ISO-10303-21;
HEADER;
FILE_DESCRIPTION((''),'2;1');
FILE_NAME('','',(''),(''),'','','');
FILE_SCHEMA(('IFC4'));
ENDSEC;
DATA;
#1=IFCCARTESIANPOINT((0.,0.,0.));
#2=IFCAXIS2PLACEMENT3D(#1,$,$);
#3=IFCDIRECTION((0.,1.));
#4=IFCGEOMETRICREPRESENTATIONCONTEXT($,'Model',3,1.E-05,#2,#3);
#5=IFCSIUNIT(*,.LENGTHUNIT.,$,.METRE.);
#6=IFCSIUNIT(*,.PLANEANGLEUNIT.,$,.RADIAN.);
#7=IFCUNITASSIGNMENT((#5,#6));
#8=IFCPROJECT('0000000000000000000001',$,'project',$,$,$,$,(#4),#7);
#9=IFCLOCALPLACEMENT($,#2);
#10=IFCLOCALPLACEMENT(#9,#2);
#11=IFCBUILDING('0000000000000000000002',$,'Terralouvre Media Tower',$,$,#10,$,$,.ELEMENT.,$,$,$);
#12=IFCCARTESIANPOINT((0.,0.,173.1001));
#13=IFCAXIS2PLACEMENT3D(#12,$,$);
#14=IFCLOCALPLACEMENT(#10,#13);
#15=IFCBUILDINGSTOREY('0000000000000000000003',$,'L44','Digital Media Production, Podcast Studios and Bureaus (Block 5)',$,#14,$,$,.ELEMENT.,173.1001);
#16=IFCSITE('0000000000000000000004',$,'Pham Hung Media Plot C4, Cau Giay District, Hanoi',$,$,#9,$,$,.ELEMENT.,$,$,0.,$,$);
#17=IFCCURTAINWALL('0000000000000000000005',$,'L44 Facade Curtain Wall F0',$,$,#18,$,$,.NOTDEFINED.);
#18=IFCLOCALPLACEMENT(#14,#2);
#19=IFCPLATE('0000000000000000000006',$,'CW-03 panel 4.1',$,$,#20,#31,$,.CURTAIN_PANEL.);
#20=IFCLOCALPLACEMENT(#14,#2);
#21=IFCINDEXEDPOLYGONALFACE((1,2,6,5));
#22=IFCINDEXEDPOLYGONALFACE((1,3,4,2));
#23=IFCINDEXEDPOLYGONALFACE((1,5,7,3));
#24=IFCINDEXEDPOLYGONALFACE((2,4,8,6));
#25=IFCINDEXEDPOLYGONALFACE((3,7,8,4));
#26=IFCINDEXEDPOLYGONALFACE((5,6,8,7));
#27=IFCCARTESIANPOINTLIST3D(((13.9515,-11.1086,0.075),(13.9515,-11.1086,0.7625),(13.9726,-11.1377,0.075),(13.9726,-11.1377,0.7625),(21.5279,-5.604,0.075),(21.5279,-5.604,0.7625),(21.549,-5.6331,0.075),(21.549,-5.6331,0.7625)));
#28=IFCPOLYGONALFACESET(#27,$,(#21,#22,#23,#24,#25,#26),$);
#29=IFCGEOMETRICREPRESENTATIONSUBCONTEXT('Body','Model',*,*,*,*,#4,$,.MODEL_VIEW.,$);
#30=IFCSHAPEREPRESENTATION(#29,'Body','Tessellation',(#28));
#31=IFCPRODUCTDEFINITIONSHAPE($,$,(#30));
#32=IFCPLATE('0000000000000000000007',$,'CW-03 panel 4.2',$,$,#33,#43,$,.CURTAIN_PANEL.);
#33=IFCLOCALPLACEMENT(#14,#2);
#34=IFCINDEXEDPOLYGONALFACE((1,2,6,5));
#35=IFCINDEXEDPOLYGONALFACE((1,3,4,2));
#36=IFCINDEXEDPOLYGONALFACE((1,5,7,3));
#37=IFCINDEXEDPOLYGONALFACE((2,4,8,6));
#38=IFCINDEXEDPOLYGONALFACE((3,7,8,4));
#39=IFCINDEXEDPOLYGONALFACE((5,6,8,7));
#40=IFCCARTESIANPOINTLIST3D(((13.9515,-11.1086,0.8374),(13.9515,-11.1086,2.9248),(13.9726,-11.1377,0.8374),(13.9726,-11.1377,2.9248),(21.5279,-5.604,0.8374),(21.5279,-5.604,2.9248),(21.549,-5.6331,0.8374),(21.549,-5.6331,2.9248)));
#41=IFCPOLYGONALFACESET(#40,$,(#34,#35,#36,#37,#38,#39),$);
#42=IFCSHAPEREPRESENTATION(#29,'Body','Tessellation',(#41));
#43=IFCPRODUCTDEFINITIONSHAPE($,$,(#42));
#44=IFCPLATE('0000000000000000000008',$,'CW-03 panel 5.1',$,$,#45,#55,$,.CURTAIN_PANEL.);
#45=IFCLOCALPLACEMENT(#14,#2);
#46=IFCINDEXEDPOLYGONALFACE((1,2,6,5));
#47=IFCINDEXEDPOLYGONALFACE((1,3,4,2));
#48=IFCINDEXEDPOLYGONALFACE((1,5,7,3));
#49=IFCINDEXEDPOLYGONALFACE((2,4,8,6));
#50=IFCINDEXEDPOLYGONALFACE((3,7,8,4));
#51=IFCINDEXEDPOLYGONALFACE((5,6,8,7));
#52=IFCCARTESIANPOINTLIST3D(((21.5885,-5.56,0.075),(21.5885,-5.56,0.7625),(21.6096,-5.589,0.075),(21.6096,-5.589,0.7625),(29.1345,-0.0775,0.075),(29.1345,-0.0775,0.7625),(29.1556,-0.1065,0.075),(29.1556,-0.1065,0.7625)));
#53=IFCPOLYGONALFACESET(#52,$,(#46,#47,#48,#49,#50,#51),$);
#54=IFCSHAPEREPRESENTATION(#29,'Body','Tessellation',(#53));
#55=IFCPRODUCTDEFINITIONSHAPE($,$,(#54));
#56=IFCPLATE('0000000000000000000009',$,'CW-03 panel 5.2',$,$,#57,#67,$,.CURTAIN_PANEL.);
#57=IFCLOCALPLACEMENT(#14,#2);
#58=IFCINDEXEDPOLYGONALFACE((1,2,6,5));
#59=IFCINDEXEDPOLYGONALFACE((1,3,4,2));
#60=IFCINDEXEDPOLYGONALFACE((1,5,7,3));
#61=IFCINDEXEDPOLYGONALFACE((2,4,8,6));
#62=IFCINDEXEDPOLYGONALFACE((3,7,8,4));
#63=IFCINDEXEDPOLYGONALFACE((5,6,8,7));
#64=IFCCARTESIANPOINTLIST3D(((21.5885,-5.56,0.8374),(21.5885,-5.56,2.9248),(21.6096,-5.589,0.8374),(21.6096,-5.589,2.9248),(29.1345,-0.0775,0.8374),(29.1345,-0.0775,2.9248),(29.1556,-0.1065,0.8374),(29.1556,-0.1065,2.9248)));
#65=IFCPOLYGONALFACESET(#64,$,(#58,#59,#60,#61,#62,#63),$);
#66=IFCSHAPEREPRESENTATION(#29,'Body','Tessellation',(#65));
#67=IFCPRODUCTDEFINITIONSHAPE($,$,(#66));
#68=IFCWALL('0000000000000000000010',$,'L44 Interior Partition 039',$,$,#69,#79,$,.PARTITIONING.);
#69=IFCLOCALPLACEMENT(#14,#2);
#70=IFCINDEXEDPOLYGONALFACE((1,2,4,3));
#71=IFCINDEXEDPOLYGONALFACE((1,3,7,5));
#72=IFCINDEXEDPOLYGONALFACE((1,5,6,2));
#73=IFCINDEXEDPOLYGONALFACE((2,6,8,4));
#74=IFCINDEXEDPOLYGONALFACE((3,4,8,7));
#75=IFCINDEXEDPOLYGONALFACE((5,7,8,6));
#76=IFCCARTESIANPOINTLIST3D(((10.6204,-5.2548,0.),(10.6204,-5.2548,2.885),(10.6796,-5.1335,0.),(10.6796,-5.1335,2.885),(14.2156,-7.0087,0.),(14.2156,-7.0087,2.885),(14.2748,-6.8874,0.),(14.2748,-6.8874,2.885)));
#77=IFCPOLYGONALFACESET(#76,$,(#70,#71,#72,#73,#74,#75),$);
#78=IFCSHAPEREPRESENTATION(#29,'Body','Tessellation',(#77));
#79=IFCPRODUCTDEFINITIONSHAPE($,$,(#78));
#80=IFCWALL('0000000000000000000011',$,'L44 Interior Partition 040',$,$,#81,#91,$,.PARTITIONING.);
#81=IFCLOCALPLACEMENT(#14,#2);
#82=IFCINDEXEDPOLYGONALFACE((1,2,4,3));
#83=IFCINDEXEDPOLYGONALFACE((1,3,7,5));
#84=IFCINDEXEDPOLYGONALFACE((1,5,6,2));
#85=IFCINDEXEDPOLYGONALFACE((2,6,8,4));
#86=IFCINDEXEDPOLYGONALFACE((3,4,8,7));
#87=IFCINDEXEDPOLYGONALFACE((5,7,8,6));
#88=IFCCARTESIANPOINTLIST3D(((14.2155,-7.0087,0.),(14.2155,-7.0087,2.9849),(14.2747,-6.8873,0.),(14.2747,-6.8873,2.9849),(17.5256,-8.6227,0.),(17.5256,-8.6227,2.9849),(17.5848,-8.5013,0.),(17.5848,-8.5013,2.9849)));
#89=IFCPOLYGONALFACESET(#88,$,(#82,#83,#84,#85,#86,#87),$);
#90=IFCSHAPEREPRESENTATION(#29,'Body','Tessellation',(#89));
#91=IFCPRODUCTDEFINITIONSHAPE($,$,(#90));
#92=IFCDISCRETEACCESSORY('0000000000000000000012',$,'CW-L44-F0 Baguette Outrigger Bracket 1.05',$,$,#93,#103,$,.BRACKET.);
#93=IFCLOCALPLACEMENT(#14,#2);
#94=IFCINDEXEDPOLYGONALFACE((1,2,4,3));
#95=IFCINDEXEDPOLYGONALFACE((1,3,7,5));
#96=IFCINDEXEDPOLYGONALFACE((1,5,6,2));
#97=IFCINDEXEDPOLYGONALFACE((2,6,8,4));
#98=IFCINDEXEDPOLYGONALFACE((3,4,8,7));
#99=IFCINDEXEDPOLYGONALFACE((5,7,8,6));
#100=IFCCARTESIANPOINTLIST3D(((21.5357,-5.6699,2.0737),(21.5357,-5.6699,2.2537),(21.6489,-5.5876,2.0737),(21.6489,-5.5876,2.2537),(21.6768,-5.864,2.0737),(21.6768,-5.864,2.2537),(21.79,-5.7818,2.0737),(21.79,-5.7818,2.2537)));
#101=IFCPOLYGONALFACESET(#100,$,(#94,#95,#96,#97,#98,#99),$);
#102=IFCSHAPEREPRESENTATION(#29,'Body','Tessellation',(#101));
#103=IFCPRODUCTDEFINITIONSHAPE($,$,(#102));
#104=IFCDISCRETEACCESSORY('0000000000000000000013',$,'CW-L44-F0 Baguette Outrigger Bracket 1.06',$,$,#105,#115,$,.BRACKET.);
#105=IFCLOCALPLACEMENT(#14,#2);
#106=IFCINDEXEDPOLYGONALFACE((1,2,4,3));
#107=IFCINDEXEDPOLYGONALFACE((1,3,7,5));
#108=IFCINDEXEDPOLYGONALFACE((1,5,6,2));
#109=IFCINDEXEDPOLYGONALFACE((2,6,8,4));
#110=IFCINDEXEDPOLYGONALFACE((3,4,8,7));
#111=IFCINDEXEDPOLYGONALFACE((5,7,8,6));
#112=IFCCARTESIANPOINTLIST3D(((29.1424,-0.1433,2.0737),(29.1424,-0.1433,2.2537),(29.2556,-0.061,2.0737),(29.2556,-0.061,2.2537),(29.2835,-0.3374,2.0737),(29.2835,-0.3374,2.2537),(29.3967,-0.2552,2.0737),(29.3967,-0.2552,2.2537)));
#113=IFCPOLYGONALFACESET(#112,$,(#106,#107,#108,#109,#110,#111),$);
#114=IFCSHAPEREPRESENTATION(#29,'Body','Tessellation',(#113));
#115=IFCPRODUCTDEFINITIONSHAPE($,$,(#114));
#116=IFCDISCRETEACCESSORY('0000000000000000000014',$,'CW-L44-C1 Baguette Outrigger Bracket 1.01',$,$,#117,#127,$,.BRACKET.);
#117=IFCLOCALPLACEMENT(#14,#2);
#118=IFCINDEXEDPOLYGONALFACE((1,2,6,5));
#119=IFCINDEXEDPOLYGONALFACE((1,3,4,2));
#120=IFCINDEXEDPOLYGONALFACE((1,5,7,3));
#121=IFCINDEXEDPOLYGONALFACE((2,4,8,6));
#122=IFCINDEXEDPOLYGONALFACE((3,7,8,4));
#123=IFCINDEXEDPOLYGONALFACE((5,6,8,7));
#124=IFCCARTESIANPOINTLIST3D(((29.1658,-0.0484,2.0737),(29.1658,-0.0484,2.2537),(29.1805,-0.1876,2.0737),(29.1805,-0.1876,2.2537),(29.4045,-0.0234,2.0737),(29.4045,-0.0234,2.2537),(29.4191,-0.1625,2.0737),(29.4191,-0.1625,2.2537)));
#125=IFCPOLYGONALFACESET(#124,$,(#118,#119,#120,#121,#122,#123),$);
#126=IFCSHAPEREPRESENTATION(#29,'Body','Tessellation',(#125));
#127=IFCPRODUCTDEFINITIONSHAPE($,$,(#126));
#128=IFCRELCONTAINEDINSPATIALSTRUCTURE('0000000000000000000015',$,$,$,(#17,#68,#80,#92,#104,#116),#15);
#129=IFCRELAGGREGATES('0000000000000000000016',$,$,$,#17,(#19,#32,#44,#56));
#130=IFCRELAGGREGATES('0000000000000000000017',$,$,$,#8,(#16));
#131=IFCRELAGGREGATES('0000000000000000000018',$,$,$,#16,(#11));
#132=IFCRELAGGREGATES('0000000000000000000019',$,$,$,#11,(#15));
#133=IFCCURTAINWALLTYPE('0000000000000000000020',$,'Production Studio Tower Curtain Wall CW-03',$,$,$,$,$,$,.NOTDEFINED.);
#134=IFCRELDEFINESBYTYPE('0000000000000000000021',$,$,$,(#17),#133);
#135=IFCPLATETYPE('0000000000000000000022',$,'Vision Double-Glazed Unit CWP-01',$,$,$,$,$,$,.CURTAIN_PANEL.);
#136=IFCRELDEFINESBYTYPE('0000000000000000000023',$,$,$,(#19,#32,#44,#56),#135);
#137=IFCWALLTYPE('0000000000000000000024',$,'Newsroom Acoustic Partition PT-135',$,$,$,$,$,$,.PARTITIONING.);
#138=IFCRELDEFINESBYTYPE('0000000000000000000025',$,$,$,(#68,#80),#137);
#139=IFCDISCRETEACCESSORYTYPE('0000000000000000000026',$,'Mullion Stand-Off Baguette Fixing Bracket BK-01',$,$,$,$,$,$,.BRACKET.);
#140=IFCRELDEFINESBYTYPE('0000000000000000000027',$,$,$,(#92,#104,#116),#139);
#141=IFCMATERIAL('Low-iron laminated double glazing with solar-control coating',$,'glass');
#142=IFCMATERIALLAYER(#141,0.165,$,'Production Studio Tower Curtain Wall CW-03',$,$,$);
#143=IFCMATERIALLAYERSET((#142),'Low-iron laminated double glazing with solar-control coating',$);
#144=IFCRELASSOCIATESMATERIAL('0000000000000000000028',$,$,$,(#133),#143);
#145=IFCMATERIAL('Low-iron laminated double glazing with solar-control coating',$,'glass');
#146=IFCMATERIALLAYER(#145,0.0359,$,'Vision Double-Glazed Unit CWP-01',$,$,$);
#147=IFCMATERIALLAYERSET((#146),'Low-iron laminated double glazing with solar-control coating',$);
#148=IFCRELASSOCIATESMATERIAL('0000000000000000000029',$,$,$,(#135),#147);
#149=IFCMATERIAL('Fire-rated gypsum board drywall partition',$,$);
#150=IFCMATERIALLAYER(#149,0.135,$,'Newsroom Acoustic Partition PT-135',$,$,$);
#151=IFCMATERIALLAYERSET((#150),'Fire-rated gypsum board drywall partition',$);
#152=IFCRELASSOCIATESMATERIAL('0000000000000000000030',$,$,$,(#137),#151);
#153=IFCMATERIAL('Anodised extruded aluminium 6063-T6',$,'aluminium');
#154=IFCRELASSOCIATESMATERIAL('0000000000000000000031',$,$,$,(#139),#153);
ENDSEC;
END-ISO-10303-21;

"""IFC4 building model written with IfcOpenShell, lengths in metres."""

from ifc_helpers import new_model, si_unit, direction, frame, frame_2d, origin, origin_2d, place, context, subcontext, project, spatial, rectangle, extrude, material, layer, layer_set, type_object, element, aggregate, save


model = new_model("IFC4")

# Units and contexts
model_context = context("Model", 3, precision=1e-05, world=origin(), true_north=direction((0.0, 1.0)))
body_context = subcontext(model_context, "Body", "Model", "MODEL_VIEW")
ifc_project = project(units=[si_unit("LENGTHUNIT", "METRE"), si_unit("PLANEANGLEUNIT", "RADIAN")], contexts=[model_context])

# Site, building, storey
site_placement = place(None, origin())
site = spatial("IfcSite", under=ifc_project, at=site_placement, Name="Pham Hung Media Plot C4, Cau Giay District, Hanoi", CompositionType="ELEMENT", RefElevation=0.0)
building_placement = place(site_placement, origin())
building = spatial("IfcBuilding", under=site, at=building_placement, Name="Terralouvre Media Tower", CompositionType="ELEMENT")
storey_placement = place(building_placement, frame((0.0, 0.0, 173.1001)))
storey = spatial("IfcBuildingStorey", under=building, at=storey_placement, Name="L44", Description="Digital Media Production, Podcast Studios and Bureaus (Block 5)", CompositionType="ELEMENT", Elevation=173.1001)

# Curtain wall
ifc_material_1 = material(Name="Low-iron laminated double glazing with solar-control coating", Category="glass")
ifc_layer_1 = layer(ifc_material_1, 0.165, Name="Production Studio Tower Curtain Wall CW-03")
ifc_layer_set_1 = layer_set([ifc_layer_1], Name="Low-iron laminated double glazing with solar-control coating")
curtain_wall_type_1 = type_object("IfcCurtainWallType", Name="Production Studio Tower Curtain Wall CW-03", PredefinedType="NOTDEFINED", material=ifc_layer_set_1)
curtain_wall_1_placement = place(storey_placement, origin())
curtain_wall_1 = element("IfcCurtainWall", 1, at=curtain_wall_1_placement, inside=storey, type_object=curtain_wall_type_1, Name="L44 Facade Curtain Wall F0", PredefinedType="NOTDEFINED")

# Plates
ifc_material_2 = material(Name="Low-iron laminated double glazing with solar-control coating", Category="glass")
ifc_layer_2 = layer(ifc_material_2, 0.0359, Name="Vision Double-Glazed Unit CWP-01")
ifc_layer_set_2 = layer_set([ifc_layer_2], Name="Low-iron laminated double glazing with solar-control coating")
plate_type = type_object("IfcPlateType", Name="Vision Double-Glazed Unit CWP-01", PredefinedType="CURTAIN_PANEL", material=ifc_layer_set_2)
plate_1_placement = place(storey_placement, frame((17.7502, -8.3708, 0.075), z_axis=(0.0, 0.0, 1.0), x_axis=(0.809017, 0.587785, 0.0)))
plate_1 = element("IfcPlate", 2, at=plate_1_placement, type_object=plate_type, Name="CW-03 panel 4.1", PredefinedType="CURTAIN_PANEL", context=body_context, shape_type="SweptSolid", body=[
    extrude(rectangle(XDim=9.365, YDim=0.0359, at=origin_2d()), origin(), (0.0, 0.0, 1.0), 0.6875),
])
plate_2_placement = place(storey_placement, frame((17.7502, -8.3708, 0.8374), z_axis=(0.0, 0.0, 1.0), x_axis=(0.809017, 0.587785, 0.0)))
plate_2 = element("IfcPlate", 3, at=plate_2_placement, type_object=plate_type, Name="CW-03 panel 4.2", PredefinedType="CURTAIN_PANEL", context=body_context, shape_type="SweptSolid", body=[
    extrude(rectangle(XDim=9.365, YDim=0.0359, at=origin_2d()), origin(), (0.0, 0.0, 1.0), 2.0874),
])
plate_3_placement = place(storey_placement, frame((25.3721, -2.8333, 0.075), z_axis=(0.0, 0.0, 1.0), x_axis=(0.809017, 0.587785, 0.0)))
plate_3 = element("IfcPlate", 4, at=plate_3_placement, type_object=plate_type, Name="CW-03 panel 5.1", PredefinedType="CURTAIN_PANEL", context=body_context, shape_type="SweptSolid", body=[
    extrude(rectangle(XDim=9.3274, YDim=0.0359, at=origin_2d()), origin(), (0.0, 0.0, 1.0), 0.6875),
])
plate_4_placement = place(storey_placement, frame((25.3721, -2.8333, 0.8374), z_axis=(0.0, 0.0, 1.0), x_axis=(0.809017, 0.587785, 0.0)))
plate_4 = element("IfcPlate", 5, at=plate_4_placement, type_object=plate_type, Name="CW-03 panel 5.2", PredefinedType="CURTAIN_PANEL", context=body_context, shape_type="SweptSolid", body=[
    extrude(rectangle(XDim=9.3274, YDim=0.0359, at=origin_2d()), origin(), (0.0, 0.0, 1.0), 2.0874),
])
aggregate(curtain_wall_1, [plate_1, plate_2, plate_3, plate_4])

# Walls
ifc_material_3 = material(Name="Fire-rated gypsum board drywall partition")
ifc_layer_3 = layer(ifc_material_3, 0.135, Name="Newsroom Acoustic Partition PT-135")
ifc_layer_set_3 = layer_set([ifc_layer_3], Name="Fire-rated gypsum board drywall partition")
wall_type = type_object("IfcWallType", Name="Newsroom Acoustic Partition PT-135", PredefinedType="PARTITIONING", material=ifc_layer_set_3)
wall_1_placement = place(storey_placement, frame((14.2451, -6.948, 0.0), z_axis=(0.0, 0.0, 1.0), x_axis=(-0.898754, 0.438452, 0.0)))
element("IfcWall", 6, at=wall_1_placement, inside=storey, type_object=wall_type, Name="L44 Interior Partition 039", PredefinedType="PARTITIONING", context=body_context, shape_type="SweptSolid", body=[
    extrude(rectangle(XDim=4.0002, YDim=0.135, at=frame_2d((2.0, 0.0))), origin(), (0.0, 0.0, 1.0), 2.885),
])
wall_2_placement = place(storey_placement, frame((17.5552, -8.562, 0.0), z_axis=(0.0, 0.0, 1.0), x_axis=(-0.898838, 0.438281, 0.0)))
element("IfcWall", 7, at=wall_2_placement, inside=storey, type_object=wall_type, Name="L44 Interior Partition 040", PredefinedType="PARTITIONING", context=body_context, shape_type="SweptSolid", body=[
    extrude(rectangle(XDim=3.6826, YDim=0.135, at=frame_2d((1.8413, 0.0))), origin(), (0.0, 0.0, 1.0), 2.9849),
])

# Discrete accessories
ifc_material_4 = material(Name="Anodised extruded aluminium 6063-T6", Category="aluminium")
discrete_accessory_type = type_object("IfcDiscreteAccessoryType", Name="Mullion Stand-Off Baguette Fixing Bracket BK-01", PredefinedType="BRACKET", material=ifc_material_4)
for number, where, z_axis, x_axis, name in (
    (8, (21.6628, -5.7258, 2.0737), (0.0, 0.0, 1.0), (0.809017, 0.587785, 0.0), "CW-L44-F0 Baguette Outrigger Bracket 1.05"),
    (9, (29.2695, -0.1992, 2.0737), (0.0, 0.0, 1.0), (0.809017, 0.587785, 0.0), "CW-L44-F0 Baguette Outrigger Bracket 1.06"),
    (10, (29.2925, -0.1055, 2.0737), (0.0, 0.0, 1.0), (-0.104529, 0.994522, 0.0), "CW-L44-C1 Baguette Outrigger Bracket 1.01"),
):
    element("IfcDiscreteAccessory", number, at=place(storey_placement, frame(where, z_axis=z_axis, x_axis=x_axis)), inside=storey, type_object=discrete_accessory_type, Name=name, PredefinedType="BRACKET", context=body_context, shape_type="SweptSolid", body=[
        extrude(rectangle(XDim=0.1399, YDim=0.24, at=origin_2d()), origin(), (0.0, 0.0, 1.0), 0.1799),
    ])

save(model, "model.ifc")
